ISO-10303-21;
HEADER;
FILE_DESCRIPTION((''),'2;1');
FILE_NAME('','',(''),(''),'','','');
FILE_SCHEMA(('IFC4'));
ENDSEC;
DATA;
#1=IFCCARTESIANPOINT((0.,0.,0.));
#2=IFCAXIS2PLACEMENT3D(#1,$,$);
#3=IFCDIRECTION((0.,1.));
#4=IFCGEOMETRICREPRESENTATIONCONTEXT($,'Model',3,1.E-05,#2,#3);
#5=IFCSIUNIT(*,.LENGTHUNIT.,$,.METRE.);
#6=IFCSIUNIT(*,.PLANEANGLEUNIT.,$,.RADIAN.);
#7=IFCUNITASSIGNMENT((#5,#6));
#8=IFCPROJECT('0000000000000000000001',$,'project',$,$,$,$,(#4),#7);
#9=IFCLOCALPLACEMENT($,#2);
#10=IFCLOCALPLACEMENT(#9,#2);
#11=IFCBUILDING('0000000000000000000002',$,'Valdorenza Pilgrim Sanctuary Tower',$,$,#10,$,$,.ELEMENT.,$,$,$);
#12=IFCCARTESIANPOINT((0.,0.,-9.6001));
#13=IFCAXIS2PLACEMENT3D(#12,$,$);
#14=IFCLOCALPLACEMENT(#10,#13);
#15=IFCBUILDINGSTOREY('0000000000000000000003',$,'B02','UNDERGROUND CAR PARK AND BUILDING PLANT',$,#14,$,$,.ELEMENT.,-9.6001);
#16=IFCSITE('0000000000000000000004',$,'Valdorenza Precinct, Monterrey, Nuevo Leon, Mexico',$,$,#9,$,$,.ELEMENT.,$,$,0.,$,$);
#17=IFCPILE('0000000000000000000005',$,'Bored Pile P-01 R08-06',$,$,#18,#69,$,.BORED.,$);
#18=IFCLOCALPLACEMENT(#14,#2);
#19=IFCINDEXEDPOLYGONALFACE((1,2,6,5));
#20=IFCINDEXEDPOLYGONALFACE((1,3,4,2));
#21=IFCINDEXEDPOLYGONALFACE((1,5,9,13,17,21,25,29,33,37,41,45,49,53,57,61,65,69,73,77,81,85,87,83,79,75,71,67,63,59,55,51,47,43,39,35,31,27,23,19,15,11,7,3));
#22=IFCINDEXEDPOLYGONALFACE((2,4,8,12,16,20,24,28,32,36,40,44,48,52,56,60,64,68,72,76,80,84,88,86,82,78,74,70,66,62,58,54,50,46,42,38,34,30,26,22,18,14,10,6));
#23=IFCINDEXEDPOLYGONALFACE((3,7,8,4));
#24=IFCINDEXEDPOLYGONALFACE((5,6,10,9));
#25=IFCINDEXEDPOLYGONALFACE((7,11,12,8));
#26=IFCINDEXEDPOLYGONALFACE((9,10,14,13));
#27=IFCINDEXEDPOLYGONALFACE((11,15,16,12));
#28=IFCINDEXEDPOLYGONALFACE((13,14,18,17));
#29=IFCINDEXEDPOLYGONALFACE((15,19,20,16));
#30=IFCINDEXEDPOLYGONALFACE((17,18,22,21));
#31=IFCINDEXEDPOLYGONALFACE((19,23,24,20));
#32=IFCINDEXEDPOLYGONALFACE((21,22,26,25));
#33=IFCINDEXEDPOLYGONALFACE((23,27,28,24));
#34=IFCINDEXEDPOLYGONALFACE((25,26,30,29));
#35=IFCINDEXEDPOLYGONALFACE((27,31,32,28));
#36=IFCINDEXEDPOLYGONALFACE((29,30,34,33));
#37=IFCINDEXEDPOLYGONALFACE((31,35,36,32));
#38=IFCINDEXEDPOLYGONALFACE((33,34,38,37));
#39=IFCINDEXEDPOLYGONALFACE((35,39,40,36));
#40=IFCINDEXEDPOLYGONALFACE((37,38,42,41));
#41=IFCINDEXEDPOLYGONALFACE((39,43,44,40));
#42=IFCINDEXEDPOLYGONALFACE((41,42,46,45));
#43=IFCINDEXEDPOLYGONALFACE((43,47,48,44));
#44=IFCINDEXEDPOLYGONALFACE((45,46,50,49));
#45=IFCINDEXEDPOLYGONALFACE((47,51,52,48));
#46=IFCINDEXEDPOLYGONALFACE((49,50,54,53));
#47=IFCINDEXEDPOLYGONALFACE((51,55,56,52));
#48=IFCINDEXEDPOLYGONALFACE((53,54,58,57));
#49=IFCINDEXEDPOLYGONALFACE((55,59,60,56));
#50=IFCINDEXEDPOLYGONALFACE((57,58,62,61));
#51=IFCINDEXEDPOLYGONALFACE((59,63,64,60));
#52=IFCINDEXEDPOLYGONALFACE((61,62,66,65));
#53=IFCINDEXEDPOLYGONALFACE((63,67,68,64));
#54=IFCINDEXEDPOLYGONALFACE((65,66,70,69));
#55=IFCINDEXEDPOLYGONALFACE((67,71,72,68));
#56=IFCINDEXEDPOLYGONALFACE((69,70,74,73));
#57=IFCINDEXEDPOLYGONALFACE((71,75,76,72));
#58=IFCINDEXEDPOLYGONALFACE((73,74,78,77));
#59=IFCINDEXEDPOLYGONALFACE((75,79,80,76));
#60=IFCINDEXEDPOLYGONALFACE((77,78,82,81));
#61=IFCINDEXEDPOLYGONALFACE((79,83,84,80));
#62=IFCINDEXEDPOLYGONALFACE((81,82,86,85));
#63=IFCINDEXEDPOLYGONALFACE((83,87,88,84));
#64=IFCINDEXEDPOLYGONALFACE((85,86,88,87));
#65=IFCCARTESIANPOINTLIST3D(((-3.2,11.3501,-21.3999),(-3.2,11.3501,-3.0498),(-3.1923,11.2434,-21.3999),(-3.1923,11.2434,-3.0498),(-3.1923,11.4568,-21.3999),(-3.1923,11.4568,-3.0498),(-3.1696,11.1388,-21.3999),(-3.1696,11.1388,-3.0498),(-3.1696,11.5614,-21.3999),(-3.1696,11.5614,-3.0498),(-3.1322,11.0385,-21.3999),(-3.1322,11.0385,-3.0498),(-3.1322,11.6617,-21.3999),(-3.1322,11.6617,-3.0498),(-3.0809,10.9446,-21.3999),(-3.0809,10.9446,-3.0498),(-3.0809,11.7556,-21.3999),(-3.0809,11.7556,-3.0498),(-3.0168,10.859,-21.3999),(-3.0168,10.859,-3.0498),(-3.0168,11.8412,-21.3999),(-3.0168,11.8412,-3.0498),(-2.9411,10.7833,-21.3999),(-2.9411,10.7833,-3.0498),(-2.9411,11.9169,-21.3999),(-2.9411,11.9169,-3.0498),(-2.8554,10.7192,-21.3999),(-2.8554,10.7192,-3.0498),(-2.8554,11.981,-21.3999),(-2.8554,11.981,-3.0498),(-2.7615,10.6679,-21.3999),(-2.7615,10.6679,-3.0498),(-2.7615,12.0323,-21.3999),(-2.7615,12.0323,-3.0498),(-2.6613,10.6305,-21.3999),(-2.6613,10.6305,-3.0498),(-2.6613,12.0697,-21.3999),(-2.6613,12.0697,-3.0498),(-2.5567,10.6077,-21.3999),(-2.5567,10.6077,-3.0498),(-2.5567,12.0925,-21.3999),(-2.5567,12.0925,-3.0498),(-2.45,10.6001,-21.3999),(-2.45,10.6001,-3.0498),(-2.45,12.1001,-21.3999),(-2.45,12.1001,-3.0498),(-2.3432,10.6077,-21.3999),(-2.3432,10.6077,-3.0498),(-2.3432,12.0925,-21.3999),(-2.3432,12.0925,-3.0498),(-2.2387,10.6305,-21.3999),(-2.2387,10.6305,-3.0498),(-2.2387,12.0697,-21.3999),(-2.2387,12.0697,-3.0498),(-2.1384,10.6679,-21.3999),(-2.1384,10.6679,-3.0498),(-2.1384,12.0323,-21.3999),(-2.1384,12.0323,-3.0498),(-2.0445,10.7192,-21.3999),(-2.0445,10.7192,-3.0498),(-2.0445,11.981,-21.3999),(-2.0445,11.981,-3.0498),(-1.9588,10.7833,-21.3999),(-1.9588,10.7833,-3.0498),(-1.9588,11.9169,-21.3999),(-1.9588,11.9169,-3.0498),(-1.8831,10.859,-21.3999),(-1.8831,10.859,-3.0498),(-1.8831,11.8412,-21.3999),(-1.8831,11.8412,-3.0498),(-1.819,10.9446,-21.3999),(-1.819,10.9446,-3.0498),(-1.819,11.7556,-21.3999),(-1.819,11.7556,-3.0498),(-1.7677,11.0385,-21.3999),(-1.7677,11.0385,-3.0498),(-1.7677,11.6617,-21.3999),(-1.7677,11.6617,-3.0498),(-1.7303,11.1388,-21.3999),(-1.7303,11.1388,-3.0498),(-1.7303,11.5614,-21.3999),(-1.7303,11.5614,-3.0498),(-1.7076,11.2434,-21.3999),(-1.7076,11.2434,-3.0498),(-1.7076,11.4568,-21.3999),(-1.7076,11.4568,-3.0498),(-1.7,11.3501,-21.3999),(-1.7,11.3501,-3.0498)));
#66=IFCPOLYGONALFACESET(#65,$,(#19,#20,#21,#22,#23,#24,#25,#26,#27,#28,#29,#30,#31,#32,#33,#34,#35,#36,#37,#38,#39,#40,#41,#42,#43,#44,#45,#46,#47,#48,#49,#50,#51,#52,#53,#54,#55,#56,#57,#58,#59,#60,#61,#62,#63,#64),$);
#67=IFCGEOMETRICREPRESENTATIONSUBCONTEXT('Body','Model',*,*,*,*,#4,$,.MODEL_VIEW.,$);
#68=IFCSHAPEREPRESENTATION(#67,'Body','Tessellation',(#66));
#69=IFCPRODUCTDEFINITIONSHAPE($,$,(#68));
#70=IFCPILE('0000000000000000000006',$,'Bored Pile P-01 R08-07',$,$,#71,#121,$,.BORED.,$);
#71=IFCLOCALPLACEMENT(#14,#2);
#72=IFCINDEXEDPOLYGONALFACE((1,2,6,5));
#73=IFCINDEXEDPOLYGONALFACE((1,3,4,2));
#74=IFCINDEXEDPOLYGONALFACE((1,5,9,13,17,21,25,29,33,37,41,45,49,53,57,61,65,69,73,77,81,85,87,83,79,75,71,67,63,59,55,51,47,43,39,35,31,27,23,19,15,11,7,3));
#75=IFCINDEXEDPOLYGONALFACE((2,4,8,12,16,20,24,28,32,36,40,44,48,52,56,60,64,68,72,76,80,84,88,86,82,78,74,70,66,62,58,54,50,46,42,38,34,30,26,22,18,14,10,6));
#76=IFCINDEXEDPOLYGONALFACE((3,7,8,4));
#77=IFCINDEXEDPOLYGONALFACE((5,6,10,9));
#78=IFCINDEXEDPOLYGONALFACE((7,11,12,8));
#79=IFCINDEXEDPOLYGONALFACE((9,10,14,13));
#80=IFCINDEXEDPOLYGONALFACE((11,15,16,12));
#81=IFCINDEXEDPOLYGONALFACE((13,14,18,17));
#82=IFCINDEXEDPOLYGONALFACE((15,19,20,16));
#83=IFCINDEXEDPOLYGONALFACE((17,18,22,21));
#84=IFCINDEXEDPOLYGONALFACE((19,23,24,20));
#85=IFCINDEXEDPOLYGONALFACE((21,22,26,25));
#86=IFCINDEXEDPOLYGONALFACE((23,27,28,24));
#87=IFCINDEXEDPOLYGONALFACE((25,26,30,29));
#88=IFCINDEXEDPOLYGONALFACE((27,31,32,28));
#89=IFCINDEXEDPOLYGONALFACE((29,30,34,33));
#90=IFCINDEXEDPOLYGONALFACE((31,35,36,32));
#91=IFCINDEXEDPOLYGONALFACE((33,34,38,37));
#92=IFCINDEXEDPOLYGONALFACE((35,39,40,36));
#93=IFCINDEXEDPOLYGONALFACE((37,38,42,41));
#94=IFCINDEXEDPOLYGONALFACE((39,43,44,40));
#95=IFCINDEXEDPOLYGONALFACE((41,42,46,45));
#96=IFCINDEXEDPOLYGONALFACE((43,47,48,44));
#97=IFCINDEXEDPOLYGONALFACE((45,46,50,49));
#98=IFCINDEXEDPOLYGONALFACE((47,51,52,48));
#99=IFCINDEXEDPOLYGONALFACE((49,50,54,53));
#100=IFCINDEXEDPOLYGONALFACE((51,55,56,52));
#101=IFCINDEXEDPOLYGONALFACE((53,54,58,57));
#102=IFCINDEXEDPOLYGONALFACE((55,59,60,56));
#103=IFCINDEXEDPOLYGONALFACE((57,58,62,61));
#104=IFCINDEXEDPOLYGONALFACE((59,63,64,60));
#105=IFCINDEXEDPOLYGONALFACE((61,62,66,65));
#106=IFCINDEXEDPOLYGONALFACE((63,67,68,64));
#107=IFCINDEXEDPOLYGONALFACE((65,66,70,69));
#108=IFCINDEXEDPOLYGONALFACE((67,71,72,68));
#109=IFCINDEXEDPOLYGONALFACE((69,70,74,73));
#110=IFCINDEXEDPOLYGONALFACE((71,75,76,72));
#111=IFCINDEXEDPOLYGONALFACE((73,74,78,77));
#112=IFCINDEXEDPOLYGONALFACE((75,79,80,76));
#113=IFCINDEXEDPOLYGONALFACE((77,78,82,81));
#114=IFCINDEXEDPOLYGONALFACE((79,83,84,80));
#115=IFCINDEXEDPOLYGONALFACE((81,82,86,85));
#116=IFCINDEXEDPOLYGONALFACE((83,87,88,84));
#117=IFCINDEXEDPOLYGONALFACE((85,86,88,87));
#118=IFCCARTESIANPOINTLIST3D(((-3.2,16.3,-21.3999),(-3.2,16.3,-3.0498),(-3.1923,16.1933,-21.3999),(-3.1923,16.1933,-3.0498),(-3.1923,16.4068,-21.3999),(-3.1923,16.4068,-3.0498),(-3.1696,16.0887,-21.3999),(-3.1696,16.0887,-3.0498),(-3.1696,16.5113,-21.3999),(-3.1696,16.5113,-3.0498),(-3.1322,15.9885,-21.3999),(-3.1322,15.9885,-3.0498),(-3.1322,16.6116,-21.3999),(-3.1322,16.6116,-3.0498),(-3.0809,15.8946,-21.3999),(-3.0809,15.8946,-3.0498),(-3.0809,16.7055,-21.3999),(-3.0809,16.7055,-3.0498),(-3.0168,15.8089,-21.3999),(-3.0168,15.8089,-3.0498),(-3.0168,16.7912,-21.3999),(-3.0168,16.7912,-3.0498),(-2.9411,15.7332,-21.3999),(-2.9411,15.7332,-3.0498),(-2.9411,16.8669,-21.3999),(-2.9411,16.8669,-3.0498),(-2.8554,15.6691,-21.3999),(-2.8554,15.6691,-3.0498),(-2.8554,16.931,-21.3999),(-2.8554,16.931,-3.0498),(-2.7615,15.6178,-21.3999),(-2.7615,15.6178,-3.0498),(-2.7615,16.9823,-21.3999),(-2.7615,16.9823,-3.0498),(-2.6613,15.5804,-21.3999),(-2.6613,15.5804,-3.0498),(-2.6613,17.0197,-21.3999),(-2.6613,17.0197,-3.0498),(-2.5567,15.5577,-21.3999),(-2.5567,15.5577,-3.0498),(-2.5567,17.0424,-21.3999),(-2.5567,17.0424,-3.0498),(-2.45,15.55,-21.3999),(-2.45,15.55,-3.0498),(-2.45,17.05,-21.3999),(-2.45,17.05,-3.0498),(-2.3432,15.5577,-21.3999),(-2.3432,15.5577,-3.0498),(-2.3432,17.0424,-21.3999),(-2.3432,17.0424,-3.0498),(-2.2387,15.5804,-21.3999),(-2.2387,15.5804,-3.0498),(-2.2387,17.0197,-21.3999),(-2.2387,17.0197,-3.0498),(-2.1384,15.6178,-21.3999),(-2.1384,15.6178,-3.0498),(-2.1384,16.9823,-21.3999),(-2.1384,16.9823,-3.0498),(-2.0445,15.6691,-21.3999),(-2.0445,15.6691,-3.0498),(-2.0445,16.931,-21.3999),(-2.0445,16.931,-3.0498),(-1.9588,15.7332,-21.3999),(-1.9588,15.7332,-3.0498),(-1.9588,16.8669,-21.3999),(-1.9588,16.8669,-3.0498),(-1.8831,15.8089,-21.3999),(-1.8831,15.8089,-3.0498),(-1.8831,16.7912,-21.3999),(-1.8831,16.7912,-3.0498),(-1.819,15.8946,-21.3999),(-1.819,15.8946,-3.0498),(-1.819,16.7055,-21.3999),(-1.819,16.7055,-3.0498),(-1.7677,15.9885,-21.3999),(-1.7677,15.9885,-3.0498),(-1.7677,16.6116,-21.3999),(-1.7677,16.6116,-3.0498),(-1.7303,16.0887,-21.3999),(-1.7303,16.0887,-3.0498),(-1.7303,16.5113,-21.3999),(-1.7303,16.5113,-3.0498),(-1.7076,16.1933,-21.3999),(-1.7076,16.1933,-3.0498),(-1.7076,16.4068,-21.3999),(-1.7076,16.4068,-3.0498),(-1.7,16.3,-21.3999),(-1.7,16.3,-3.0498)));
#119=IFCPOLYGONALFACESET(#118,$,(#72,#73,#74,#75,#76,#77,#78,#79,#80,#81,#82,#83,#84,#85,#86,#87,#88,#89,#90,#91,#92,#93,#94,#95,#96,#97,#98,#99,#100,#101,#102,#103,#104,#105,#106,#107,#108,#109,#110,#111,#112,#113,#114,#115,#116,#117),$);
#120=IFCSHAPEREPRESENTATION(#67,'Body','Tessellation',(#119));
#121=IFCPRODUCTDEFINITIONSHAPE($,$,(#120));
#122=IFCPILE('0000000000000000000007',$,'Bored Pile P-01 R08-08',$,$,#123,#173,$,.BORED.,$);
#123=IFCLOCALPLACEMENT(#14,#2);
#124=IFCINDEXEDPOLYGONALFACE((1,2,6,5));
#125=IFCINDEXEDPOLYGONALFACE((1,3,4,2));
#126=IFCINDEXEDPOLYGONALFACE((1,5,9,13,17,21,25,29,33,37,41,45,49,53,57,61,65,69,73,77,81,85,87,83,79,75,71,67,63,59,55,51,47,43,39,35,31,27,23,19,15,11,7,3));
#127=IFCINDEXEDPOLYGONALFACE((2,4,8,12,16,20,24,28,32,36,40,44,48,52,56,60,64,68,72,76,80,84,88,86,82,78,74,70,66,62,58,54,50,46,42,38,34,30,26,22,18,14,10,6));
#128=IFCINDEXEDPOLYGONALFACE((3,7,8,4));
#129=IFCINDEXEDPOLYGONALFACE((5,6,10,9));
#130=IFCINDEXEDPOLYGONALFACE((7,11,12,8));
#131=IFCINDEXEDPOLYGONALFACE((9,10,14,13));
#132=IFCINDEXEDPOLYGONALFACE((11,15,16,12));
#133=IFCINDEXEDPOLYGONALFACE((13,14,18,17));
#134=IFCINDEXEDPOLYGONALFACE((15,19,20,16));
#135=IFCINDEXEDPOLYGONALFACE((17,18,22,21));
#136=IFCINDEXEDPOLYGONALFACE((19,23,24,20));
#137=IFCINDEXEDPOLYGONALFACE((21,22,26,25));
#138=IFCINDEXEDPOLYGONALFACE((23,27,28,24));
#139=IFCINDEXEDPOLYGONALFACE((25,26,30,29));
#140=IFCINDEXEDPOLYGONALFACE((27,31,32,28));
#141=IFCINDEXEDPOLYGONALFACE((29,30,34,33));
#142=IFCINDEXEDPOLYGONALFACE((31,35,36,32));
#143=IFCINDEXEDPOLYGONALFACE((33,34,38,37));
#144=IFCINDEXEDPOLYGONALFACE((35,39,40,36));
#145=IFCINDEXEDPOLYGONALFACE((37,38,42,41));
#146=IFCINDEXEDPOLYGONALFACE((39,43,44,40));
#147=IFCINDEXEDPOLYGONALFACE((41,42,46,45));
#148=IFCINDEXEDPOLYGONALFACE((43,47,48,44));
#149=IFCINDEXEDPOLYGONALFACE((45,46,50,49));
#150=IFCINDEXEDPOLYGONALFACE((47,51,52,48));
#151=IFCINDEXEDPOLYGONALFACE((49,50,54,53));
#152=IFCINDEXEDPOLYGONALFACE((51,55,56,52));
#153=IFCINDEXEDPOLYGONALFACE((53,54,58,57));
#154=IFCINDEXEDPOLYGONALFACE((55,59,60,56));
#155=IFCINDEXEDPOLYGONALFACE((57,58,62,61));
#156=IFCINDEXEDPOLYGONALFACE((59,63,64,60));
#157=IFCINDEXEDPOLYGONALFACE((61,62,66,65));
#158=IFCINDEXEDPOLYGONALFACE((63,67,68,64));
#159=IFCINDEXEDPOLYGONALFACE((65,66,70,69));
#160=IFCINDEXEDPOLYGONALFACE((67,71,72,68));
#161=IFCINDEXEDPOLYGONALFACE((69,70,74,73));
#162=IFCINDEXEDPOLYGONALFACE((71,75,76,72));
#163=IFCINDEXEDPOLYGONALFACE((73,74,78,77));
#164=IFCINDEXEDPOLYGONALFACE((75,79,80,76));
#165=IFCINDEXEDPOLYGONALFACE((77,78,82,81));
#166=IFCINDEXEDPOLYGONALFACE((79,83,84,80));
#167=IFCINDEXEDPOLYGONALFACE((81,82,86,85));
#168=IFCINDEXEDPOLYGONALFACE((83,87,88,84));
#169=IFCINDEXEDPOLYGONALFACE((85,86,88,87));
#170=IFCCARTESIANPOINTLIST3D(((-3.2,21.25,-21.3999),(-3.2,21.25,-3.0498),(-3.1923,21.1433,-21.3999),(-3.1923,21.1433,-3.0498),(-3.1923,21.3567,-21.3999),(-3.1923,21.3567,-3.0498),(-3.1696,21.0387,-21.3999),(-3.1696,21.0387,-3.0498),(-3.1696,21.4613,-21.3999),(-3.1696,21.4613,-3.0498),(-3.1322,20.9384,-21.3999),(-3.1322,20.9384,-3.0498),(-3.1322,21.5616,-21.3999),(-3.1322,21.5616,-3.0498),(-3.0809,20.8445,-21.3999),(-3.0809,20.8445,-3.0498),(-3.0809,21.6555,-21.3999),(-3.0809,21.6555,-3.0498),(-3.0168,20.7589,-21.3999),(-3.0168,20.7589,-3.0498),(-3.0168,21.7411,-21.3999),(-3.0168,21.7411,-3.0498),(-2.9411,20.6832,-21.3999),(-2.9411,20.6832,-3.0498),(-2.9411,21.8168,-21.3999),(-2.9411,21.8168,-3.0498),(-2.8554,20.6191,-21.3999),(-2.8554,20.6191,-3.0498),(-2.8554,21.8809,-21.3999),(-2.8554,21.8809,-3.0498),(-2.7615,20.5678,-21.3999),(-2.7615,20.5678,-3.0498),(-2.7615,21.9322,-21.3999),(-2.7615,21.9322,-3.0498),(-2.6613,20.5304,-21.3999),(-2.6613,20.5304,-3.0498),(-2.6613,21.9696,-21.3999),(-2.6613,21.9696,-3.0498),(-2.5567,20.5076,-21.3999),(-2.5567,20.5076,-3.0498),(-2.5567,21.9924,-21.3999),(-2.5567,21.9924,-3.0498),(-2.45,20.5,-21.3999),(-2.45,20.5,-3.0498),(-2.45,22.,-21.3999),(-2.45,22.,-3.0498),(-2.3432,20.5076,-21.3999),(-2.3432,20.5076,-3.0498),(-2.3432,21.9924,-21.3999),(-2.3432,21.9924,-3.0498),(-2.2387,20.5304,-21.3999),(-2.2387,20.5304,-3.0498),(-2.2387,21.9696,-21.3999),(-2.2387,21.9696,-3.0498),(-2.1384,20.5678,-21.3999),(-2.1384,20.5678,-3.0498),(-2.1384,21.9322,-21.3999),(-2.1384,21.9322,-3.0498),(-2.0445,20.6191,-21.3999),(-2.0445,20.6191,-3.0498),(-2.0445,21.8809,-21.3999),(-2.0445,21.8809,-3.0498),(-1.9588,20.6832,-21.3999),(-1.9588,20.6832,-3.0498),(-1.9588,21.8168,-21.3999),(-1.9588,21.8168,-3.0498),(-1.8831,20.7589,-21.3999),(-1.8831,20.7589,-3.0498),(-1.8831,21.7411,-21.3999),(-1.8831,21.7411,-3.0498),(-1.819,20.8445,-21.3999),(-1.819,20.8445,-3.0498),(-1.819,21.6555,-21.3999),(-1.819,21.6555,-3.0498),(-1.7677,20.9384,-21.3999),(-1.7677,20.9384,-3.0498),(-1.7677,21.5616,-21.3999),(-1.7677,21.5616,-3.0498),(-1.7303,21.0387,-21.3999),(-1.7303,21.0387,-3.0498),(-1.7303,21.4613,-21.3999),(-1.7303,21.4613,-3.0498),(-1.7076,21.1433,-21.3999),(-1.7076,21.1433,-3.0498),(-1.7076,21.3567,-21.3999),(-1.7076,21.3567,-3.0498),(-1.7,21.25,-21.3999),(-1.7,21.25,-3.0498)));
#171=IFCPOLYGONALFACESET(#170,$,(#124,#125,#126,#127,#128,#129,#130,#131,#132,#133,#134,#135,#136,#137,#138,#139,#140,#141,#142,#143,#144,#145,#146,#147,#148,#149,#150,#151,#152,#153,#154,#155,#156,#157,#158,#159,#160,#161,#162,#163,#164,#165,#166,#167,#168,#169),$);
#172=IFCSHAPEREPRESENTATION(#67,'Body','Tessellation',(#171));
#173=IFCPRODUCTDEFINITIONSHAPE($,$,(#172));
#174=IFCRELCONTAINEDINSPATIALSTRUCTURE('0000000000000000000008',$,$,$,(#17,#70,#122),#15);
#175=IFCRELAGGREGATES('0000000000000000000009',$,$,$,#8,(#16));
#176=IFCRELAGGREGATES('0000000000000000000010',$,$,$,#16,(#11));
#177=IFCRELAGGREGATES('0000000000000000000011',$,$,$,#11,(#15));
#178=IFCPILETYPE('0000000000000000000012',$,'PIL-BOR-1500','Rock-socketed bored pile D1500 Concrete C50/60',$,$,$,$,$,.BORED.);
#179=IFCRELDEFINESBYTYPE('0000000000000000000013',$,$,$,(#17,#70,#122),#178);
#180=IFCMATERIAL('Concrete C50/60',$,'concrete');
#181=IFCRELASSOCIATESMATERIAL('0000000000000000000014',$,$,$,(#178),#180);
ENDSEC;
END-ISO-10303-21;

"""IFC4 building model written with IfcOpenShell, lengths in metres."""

from ifc_helpers import new_model, si_unit, direction, frame, origin, origin_2d, place, context, subcontext, project, spatial, circle, extrude, source, transform, mapped, material, material_profile, profile_set, type_object, element, save


model = new_model("IFC4")

# Units and contexts
model_context = context("Model", 3, precision=1e-05, world=origin(), true_north=direction((0.0, 1.0)))
body_context = subcontext(model_context, "Body", "Model", "MODEL_VIEW")
ifc_project = project(units=[si_unit("LENGTHUNIT", "METRE"), si_unit("PLANEANGLEUNIT", "RADIAN")], contexts=[model_context])

# Site, building, storey
site_placement = place(None, origin())
site = spatial("IfcSite", under=ifc_project, at=site_placement, Name="Valdorenza Precinct, Monterrey, Nuevo Leon, Mexico", CompositionType="ELEMENT", RefElevation=0.0)
building_placement = place(site_placement, origin())
building = spatial("IfcBuilding", under=site, at=building_placement, Name="Valdorenza Pilgrim Sanctuary Tower", CompositionType="ELEMENT")
storey_placement = place(building_placement, frame((0.0, 0.0, -9.6001)))
storey = spatial("IfcBuildingStorey", under=building, at=storey_placement, Name="B02", Description="UNDERGROUND CAR PARK AND BUILDING PLANT", CompositionType="ELEMENT", Elevation=-9.6001)

# Piles
ifc_material_1 = material(Name="Concrete C50/60", Category="concrete")
ifc_material_profile_1 = material_profile(ifc_material_1, circle(Radius=0.75, at=origin_2d()), Name="BORED PILE 1500")
ifc_profile_set_1 = profile_set([ifc_material_profile_1], Name="Concrete C50/60")
pile_type = type_object("IfcPileType", Name="PIL-BOR-1500", Description="Rock-socketed bored pile D1500 Concrete C50/60", PredefinedType="BORED", material=ifc_profile_set_1)
shared_shape_1 = source(origin(), body_context, "Body", "SweptSolid", [
    extrude(circle(Radius=0.75, at=origin_2d()), origin(), (0.0, 0.0, 1.0), 18.3501),
])
for number, where, z_axis, x_axis, name in (
    (1, (-2.45, 11.3501, -3.0498), (0.0, 0.0, -1.0), (1.0, 0.0, 0.0), "Bored Pile P-01 R08-06"),
    (2, (-2.45, 16.3, -3.0498), (0.0, 0.0, -1.0), (1.0, 0.0, 0.0), "Bored Pile P-01 R08-07"),
    (3, (-2.45, 21.25, -3.0498), (0.0, 0.0, -1.0), (1.0, 0.0, 0.0), "Bored Pile P-01 R08-08"),
):
    element("IfcPile", number, at=place(storey_placement, frame(where, z_axis=z_axis, x_axis=x_axis)), inside=storey, type_object=pile_type, Name=name, PredefinedType="BORED", context=body_context, shape_type="MappedRepresentation", body=[
        mapped(shared_shape_1, transform((0.0, 0.0, 0.0), x_axis=(1.0, 0.0, 0.0), y_axis=(0.0, 1.0, 0.0), z_axis=(0.0, 0.0, 1.0), scale=1.0)),
    ])

save(model, "model.ifc")
